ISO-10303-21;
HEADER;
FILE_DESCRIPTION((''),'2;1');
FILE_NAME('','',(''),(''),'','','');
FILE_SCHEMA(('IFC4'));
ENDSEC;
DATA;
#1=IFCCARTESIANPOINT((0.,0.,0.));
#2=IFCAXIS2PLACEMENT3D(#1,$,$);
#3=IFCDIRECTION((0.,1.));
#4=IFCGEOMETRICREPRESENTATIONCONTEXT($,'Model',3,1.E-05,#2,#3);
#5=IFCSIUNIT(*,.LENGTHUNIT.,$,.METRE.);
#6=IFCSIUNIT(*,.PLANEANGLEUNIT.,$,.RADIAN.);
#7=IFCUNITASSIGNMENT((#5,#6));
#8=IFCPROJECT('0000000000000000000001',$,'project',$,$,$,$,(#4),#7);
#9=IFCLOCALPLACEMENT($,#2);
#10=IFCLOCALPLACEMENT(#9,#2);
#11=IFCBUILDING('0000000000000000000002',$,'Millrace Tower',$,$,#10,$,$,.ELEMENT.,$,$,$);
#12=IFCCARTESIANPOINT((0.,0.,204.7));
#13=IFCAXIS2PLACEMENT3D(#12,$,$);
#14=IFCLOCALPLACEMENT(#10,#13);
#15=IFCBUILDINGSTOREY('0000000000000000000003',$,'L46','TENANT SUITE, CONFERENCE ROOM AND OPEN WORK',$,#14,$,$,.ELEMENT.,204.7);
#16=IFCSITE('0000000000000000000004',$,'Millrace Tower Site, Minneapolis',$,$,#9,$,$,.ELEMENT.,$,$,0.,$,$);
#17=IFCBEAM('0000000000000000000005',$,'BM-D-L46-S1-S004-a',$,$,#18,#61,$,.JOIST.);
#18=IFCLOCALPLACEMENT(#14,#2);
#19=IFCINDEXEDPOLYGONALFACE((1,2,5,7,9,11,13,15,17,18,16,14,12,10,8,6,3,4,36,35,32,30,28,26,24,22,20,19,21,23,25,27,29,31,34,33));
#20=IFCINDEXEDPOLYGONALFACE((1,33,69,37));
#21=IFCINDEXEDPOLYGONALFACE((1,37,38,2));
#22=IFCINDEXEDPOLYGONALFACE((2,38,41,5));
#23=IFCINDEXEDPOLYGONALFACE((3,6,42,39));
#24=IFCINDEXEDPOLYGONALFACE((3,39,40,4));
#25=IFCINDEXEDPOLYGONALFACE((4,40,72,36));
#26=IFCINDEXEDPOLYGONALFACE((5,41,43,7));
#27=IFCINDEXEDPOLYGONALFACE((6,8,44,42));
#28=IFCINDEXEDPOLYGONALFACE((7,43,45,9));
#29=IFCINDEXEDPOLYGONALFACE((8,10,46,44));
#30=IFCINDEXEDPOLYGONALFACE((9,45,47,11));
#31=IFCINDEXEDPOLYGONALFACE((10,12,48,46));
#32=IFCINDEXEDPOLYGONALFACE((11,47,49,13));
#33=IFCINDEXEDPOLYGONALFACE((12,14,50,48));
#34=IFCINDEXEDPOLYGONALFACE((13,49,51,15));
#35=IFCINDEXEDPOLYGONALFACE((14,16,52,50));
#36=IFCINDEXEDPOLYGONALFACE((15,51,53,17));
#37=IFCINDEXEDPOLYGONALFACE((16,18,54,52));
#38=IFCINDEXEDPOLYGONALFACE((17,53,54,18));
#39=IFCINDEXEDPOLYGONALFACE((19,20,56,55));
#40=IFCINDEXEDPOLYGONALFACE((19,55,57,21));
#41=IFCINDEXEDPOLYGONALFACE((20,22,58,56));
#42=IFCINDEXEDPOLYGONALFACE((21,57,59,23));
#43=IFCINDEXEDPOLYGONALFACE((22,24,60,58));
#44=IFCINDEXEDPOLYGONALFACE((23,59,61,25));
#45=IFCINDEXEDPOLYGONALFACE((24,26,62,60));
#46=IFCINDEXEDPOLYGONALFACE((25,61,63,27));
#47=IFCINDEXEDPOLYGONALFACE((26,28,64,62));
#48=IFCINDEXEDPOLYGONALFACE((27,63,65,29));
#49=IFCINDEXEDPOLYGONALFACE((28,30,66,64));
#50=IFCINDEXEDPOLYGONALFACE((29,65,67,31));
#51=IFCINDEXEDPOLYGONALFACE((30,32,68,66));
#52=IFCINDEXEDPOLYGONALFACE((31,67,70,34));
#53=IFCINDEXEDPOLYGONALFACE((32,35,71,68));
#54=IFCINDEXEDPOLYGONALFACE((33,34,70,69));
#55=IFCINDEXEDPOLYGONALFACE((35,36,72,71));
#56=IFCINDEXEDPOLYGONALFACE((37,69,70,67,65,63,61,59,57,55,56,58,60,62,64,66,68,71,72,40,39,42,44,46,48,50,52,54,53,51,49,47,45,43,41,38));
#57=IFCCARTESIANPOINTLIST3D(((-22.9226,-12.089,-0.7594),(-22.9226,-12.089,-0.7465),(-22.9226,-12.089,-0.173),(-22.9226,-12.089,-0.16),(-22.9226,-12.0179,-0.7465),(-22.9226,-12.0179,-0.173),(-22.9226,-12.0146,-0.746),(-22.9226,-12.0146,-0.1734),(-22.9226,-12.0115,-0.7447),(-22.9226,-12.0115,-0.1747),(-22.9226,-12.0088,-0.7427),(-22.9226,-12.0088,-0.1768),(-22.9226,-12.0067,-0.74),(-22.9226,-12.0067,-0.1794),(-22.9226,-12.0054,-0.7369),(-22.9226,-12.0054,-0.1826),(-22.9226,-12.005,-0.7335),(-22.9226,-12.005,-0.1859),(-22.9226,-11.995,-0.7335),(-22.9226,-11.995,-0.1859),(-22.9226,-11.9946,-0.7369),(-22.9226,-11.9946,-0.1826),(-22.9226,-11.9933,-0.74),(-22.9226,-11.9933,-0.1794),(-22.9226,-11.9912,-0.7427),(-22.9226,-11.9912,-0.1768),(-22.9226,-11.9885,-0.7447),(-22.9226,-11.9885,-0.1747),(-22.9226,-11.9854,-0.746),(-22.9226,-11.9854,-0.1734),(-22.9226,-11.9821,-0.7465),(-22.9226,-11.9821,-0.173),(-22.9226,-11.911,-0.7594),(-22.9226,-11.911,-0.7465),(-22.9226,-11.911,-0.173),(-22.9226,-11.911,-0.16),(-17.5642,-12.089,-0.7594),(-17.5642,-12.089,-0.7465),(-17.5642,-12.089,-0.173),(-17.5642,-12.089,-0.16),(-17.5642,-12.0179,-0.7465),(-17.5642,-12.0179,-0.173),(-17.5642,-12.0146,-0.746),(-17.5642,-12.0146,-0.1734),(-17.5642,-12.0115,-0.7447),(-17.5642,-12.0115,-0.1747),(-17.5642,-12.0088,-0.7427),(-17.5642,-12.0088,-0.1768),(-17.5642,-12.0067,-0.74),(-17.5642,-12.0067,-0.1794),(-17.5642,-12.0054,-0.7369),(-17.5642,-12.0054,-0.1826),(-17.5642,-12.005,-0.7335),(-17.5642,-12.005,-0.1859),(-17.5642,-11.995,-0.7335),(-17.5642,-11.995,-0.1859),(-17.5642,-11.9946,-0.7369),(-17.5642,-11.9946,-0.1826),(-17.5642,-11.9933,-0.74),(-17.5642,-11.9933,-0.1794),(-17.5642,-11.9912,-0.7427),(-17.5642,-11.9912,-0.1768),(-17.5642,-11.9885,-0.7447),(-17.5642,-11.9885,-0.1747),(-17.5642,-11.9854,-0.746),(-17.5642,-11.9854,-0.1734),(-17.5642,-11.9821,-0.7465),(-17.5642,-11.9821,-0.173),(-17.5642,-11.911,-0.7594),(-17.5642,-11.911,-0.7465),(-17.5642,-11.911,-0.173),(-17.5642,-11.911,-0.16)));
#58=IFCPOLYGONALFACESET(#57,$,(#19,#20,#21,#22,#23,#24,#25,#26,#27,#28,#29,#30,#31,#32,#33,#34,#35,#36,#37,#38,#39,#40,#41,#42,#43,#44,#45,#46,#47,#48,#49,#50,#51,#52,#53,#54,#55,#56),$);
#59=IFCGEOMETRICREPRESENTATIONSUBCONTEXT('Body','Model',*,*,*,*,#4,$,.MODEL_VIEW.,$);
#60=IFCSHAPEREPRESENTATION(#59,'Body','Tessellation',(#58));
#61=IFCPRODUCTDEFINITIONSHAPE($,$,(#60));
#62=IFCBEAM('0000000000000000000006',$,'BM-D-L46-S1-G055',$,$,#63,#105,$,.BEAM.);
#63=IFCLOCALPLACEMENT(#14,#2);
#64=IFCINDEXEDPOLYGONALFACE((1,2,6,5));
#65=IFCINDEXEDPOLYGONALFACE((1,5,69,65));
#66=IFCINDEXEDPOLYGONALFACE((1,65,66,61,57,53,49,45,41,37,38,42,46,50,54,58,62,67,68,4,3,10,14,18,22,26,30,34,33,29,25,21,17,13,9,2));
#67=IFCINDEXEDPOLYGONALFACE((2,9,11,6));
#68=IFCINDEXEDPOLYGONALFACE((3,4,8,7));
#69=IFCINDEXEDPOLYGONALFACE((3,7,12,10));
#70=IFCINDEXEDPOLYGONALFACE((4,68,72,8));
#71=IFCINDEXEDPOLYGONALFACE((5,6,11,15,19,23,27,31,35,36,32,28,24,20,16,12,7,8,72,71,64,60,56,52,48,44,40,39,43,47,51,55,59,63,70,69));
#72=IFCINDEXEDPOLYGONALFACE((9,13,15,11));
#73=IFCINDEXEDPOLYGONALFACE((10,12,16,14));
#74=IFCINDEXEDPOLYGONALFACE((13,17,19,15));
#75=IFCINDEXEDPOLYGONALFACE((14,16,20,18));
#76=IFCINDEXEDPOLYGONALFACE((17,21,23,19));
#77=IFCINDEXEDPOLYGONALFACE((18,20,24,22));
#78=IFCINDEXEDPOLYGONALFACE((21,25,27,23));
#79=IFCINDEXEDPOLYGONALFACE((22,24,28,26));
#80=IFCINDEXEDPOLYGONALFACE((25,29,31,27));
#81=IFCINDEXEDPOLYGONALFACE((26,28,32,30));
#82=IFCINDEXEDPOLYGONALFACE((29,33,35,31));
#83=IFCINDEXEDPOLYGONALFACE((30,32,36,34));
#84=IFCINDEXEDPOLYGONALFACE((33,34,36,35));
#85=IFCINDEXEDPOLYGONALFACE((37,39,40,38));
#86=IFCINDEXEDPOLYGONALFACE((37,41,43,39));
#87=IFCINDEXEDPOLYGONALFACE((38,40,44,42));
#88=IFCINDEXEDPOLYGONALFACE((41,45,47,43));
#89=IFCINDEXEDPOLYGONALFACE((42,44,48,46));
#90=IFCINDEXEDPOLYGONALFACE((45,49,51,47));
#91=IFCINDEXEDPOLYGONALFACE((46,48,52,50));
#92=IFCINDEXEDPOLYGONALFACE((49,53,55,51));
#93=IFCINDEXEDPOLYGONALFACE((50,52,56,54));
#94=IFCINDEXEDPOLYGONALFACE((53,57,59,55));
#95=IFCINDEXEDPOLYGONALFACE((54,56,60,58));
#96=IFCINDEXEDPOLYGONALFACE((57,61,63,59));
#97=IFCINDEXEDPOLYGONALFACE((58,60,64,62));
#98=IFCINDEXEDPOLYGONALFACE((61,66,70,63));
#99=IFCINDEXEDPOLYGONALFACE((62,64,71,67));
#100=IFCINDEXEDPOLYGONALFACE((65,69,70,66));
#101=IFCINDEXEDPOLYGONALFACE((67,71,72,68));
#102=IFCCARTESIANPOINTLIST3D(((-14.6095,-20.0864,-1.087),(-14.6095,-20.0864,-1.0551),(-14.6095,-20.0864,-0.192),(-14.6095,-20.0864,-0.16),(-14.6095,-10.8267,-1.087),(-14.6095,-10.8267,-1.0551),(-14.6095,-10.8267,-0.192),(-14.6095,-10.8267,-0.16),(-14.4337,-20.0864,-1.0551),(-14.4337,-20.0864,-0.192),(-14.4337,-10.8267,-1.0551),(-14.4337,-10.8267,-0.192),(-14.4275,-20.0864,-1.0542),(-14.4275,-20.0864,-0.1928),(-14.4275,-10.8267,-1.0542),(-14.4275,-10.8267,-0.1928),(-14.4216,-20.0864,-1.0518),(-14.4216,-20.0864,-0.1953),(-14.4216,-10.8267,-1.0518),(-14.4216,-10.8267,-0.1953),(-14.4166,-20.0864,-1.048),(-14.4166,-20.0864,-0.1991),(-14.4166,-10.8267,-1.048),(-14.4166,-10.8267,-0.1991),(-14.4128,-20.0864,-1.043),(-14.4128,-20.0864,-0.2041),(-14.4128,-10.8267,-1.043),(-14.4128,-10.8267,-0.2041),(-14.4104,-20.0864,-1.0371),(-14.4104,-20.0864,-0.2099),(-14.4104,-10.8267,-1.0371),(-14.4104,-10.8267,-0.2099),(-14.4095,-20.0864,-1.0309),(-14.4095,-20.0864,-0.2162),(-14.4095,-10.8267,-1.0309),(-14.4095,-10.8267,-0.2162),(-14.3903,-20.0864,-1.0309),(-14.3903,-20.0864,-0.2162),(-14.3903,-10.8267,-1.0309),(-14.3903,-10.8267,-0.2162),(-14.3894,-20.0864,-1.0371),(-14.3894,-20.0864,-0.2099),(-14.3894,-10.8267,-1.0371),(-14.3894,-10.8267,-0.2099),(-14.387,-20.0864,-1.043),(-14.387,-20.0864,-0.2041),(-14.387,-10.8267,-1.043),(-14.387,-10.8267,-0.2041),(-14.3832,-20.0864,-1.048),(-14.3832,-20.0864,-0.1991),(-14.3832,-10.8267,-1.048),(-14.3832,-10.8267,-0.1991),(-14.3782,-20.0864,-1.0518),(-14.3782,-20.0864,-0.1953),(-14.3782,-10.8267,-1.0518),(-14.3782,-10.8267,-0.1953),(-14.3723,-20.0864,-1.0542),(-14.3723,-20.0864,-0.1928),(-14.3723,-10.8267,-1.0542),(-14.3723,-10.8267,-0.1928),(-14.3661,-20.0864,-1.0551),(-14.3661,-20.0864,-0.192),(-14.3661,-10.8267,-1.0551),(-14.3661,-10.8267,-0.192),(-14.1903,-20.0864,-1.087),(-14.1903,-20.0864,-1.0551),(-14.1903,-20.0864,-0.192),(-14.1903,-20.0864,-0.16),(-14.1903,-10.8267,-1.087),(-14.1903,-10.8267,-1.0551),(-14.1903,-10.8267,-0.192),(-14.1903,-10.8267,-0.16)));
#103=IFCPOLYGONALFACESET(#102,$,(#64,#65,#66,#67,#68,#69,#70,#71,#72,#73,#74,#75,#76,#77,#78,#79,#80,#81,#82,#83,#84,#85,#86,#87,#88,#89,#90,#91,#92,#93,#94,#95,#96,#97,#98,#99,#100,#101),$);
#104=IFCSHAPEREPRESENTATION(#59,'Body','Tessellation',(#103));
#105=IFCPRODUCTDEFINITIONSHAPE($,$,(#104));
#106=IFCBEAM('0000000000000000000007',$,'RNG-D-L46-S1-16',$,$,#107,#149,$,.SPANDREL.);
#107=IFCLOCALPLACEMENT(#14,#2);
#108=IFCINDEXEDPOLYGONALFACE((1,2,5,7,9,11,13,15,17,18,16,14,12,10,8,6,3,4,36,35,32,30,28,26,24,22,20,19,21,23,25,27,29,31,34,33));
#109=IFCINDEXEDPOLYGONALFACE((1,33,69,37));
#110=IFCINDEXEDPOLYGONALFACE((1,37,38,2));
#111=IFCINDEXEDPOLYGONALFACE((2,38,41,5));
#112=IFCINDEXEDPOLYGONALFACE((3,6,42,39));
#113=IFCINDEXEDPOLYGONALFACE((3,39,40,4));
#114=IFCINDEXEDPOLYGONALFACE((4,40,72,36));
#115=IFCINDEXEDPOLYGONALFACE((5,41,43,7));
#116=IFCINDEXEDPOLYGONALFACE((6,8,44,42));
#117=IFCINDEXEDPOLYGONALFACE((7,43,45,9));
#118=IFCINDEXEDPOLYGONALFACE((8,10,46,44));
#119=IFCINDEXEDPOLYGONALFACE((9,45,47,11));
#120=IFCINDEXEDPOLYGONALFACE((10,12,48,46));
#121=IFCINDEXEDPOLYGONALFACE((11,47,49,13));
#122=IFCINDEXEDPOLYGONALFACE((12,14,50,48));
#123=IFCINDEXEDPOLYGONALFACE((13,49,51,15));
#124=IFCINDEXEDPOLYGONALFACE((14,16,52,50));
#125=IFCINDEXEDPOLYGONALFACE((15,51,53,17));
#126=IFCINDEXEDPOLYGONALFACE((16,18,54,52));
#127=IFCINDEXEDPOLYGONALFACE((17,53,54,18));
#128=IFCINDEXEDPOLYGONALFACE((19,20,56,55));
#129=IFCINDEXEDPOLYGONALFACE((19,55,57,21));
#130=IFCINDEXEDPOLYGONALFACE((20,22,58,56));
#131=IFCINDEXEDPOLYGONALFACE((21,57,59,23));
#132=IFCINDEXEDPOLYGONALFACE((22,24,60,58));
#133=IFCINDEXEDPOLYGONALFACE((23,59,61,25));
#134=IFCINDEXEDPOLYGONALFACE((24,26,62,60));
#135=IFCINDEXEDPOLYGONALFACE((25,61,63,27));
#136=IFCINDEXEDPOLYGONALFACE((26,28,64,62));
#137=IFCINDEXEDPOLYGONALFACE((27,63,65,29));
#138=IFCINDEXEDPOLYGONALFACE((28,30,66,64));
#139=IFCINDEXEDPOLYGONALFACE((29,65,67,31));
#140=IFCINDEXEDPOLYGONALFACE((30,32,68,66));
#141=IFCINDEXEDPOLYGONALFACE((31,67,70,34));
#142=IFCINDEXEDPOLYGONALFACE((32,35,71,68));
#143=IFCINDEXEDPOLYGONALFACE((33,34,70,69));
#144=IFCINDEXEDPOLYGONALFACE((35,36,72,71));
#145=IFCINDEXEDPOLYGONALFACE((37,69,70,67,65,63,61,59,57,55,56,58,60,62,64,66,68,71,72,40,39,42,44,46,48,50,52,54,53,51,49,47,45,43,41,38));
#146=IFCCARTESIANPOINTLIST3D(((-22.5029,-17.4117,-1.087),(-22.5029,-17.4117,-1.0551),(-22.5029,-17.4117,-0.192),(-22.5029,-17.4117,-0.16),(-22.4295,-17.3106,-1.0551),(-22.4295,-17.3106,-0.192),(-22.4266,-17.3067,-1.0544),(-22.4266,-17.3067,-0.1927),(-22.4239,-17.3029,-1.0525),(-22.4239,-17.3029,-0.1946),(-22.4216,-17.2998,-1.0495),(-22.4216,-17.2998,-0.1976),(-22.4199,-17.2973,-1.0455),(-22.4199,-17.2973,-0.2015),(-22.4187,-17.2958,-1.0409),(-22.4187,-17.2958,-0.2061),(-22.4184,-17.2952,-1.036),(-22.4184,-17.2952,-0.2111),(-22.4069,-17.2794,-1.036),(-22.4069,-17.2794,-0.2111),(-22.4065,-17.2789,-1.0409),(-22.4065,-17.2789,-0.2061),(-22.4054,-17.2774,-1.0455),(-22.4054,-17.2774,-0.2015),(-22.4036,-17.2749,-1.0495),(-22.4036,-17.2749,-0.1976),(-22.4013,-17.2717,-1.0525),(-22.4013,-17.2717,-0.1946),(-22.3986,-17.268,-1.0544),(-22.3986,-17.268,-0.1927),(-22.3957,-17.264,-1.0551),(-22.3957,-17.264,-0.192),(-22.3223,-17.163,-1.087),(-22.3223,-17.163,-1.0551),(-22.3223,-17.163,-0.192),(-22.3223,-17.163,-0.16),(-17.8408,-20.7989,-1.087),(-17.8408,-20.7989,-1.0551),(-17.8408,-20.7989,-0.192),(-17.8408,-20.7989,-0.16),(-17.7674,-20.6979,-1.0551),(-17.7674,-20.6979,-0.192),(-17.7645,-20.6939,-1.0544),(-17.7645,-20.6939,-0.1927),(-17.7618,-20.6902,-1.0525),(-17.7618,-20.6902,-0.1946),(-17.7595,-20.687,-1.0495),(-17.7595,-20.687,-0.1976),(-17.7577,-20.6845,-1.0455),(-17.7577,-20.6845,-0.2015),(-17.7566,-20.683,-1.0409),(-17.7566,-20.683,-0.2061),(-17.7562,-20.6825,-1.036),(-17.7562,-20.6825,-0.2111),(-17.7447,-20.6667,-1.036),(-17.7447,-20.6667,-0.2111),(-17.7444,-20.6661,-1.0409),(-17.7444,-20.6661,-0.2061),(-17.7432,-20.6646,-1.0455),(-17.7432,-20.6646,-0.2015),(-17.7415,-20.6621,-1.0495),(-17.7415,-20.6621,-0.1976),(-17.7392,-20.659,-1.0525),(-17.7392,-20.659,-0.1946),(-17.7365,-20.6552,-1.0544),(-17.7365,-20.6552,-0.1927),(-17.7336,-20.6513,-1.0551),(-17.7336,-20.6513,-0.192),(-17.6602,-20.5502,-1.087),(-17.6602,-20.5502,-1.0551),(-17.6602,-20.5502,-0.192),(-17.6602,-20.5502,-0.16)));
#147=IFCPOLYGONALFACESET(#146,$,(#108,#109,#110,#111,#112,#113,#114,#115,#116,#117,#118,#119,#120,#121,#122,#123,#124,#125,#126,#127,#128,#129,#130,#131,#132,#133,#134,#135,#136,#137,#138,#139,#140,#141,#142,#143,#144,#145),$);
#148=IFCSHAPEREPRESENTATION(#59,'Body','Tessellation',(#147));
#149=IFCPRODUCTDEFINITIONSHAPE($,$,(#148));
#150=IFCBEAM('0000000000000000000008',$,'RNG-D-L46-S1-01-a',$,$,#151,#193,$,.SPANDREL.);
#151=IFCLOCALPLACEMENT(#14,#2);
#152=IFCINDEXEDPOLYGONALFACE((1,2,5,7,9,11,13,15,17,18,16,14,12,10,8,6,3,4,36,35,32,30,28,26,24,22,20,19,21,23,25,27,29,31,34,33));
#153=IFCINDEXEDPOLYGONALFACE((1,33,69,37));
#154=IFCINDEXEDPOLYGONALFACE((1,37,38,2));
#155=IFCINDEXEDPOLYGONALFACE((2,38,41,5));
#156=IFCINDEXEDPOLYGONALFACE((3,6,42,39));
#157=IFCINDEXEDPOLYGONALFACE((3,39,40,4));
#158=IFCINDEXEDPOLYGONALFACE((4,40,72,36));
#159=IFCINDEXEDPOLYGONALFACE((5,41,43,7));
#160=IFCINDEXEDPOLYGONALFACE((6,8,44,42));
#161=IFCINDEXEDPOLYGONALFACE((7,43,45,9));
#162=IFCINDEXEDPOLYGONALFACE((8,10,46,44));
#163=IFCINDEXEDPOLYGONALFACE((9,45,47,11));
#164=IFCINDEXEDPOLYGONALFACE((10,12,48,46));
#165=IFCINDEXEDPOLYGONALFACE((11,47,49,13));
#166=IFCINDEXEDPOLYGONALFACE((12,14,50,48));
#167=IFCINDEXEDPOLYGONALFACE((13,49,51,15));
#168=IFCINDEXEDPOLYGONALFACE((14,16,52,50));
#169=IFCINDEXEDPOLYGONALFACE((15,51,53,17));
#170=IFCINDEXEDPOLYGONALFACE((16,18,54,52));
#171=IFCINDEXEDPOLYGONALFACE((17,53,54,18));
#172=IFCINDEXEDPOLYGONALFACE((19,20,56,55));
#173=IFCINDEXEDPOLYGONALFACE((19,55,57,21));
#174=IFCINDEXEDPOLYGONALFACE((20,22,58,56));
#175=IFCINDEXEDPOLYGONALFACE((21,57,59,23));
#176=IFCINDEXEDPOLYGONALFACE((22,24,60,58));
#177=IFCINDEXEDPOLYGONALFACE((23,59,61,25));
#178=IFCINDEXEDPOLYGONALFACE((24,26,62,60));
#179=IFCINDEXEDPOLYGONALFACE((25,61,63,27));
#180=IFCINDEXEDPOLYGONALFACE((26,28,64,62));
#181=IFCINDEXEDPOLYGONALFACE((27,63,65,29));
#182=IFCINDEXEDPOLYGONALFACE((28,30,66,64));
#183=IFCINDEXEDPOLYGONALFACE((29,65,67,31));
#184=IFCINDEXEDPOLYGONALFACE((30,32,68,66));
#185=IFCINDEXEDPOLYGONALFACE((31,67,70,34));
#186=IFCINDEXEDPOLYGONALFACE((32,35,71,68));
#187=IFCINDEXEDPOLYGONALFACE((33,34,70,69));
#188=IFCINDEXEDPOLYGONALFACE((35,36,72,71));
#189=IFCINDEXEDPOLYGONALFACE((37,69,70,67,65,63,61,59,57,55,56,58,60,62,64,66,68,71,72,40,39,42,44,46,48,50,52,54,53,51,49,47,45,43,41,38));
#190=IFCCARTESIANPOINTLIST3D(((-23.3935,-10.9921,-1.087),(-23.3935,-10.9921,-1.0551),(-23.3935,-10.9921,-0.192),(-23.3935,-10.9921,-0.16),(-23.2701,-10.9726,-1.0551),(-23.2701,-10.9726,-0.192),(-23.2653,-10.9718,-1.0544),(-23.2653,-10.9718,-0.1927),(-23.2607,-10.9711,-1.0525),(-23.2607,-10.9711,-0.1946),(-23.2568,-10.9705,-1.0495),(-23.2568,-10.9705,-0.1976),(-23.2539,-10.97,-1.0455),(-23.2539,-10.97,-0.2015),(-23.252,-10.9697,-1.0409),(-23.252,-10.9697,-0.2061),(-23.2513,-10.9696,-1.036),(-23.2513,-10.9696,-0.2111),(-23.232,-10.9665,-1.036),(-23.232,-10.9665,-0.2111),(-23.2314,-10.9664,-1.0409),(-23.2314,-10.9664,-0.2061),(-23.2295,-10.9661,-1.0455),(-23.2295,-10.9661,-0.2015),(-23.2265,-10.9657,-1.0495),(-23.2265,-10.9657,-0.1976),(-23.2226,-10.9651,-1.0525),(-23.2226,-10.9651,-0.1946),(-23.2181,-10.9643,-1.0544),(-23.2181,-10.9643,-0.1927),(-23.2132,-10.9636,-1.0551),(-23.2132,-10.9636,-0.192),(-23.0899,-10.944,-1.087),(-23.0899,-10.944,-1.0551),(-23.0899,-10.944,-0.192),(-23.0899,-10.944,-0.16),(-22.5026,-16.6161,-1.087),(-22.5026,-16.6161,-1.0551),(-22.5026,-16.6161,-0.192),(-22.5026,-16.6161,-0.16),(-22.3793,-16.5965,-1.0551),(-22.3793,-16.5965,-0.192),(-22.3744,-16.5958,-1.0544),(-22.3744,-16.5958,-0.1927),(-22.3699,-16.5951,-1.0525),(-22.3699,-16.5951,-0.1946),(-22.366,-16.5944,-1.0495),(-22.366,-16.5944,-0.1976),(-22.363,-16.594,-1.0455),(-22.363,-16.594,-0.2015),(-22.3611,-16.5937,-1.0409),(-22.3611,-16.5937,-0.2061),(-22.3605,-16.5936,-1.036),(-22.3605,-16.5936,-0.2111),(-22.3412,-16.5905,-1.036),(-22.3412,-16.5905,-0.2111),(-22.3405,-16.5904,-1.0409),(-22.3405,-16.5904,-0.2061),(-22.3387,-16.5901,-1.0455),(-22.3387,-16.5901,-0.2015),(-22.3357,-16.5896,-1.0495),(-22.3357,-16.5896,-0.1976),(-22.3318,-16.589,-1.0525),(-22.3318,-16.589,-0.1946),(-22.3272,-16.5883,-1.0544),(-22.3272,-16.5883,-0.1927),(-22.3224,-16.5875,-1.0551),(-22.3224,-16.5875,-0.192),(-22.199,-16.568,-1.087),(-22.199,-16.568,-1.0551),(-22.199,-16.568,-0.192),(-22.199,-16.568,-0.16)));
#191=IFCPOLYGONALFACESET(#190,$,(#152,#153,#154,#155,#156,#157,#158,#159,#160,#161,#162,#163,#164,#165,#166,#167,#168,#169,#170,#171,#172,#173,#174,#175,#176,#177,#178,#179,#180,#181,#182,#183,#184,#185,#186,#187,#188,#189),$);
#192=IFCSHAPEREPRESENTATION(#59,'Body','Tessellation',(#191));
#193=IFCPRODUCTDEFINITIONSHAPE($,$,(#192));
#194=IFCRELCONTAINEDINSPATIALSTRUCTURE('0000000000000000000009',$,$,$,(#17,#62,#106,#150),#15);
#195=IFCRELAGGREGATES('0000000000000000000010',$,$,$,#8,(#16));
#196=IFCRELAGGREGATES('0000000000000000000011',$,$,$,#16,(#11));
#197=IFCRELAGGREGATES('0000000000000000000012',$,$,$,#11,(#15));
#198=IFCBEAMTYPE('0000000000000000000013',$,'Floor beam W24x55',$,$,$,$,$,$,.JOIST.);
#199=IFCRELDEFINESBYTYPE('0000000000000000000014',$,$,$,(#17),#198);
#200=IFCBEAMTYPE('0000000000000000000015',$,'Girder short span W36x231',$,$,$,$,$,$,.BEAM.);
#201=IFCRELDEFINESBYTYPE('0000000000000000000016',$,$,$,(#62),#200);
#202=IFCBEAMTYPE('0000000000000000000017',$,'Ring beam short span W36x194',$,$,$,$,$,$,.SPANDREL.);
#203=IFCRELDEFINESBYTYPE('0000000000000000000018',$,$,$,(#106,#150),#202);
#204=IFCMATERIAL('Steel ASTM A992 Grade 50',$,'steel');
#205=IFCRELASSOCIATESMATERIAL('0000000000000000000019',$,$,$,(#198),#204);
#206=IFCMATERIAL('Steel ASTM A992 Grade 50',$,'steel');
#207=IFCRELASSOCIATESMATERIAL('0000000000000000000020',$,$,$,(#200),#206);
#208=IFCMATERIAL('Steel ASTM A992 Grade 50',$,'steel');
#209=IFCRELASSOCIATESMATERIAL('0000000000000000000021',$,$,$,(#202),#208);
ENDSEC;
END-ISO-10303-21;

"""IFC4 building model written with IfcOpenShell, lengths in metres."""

from ifc_helpers import new_model, si_unit, direction, frame, origin, origin_2d, place, context, subcontext, project, spatial, i_section, extrude, material, material_profile, profile_set, type_object, element, save


model = new_model("IFC4")

# Units and contexts
model_context = context("Model", 3, precision=1e-05, world=origin(), true_north=direction((0.0, 1.0)))
body_context = subcontext(model_context, "Body", "Model", "MODEL_VIEW")
ifc_project = project(units=[si_unit("LENGTHUNIT", "METRE"), si_unit("PLANEANGLEUNIT", "RADIAN")], contexts=[model_context])

# Site, building, storey
site_placement = place(None, origin())
site = spatial("IfcSite", under=ifc_project, at=site_placement, Name="Millrace Tower Site, Minneapolis", CompositionType="ELEMENT", RefElevation=0.0)
building_placement = place(site_placement, origin())
building = spatial("IfcBuilding", under=site, at=building_placement, Name="Millrace Tower", CompositionType="ELEMENT")
storey_placement = place(building_placement, frame((0.0, 0.0, 204.7)))
storey = spatial("IfcBuildingStorey", under=building, at=storey_placement, Name="L46", Description="TENANT SUITE, CONFERENCE ROOM AND OPEN WORK", CompositionType="ELEMENT", Elevation=204.7)

# Beams
ifc_material_1 = material(Name="Steel ASTM A992 Grade 50", Category="steel")
ifc_material_profile_1 = material_profile(ifc_material_1, i_section(OverallWidth=0.178, OverallDepth=0.5994, WebThickness=0.01, FlangeThickness=0.0129, FilletRadius=0.0129, at=origin_2d()))
ifc_profile_set_1 = profile_set([ifc_material_profile_1], Name="Steel ASTM A992 Grade 50")
beam_type_1 = type_object("IfcBeamType", Name="Floor beam W24x55", PredefinedType="JOIST", material=ifc_profile_set_1)
beam_1_placement = place(storey_placement, frame((-22.9226, -12.0, -0.4597), z_axis=(1.0, 0.0, 0.0), x_axis=(0.0, 1.0, 0.0)))
element("IfcBeam", 1, at=beam_1_placement, inside=storey, type_object=beam_type_1, Name="BM-D-L46-S1-S004-a", PredefinedType="JOIST", context=body_context, shape_type="SweptSolid", body=[
    extrude(i_section(OverallWidth=0.178, OverallDepth=0.5994, WebThickness=0.01, FlangeThickness=0.0129, FilletRadius=0.0129, at=origin_2d()), origin(), (0.0, 0.0, 1.0), 5.3584),
])
ifc_material_2 = material(Name="Steel ASTM A992 Grade 50", Category="steel")
ifc_material_profile_2 = material_profile(ifc_material_2, i_section(OverallWidth=0.4192, OverallDepth=0.927, WebThickness=0.0193, FlangeThickness=0.032, FilletRadius=0.0242, at=origin_2d()))
ifc_profile_set_2 = profile_set([ifc_material_profile_2], Name="Steel ASTM A992 Grade 50")
beam_type_2 = type_object("IfcBeamType", Name="Girder short span W36x231", PredefinedType="BEAM", material=ifc_profile_set_2)
beam_2_placement = place(storey_placement, frame((-14.3999, -20.0864, -0.6235), z_axis=(0.0, 1.0, 0.0), x_axis=(-1.0, 0.0, 0.0)))
element("IfcBeam", 2, at=beam_2_placement, inside=storey, type_object=beam_type_2, Name="BM-D-L46-S1-G055", PredefinedType="BEAM", context=body_context, shape_type="SweptSolid", body=[
    extrude(i_section(OverallWidth=0.4192, OverallDepth=0.927, WebThickness=0.0193, FlangeThickness=0.032, FilletRadius=0.0242, at=origin_2d()), origin(), (0.0, 0.0, 1.0), 9.2598),
])
ifc_material_3 = material(Name="Steel ASTM A992 Grade 50", Category="steel")
ifc_material_profile_3 = material_profile(ifc_material_3, i_section(OverallWidth=0.3074, OverallDepth=0.927, WebThickness=0.0195, FlangeThickness=0.032, FilletRadius=0.019, at=origin_2d()))
ifc_profile_set_3 = profile_set([ifc_material_profile_3], Name="Steel ASTM A992 Grade 50")
beam_type_3 = type_object("IfcBeamType", Name="Ring beam short span W36x194", PredefinedType="SPANDREL", material=ifc_profile_set_3)
beam_3_placement = place(storey_placement, frame((-17.7505, -20.6746, -0.6235), z_axis=(-0.809018, 0.587784, 0.0), x_axis=(-0.587784, -0.809018, 0.0)))
element("IfcBeam", 3, at=beam_3_placement, inside=storey, type_object=beam_type_3, Name="RNG-D-L46-S1-16", PredefinedType="SPANDREL", context=body_context, shape_type="SweptSolid", body=[
    extrude(i_section(OverallWidth=0.3074, OverallDepth=0.927, WebThickness=0.0195, FlangeThickness=0.032, FilletRadius=0.019, at=origin_2d()), origin(), (0.0, 0.0, 1.0), 5.7627),
])
beam_4_placement = place(storey_placement, frame((-22.3508, -16.592, -0.6235), z_axis=(-0.156454, 0.987685, 0.0), x_axis=(-0.987685, -0.156454, 0.0)))
element("IfcBeam", 4, at=beam_4_placement, inside=storey, type_object=beam_type_3, Name="RNG-D-L46-S1-01-a", PredefinedType="SPANDREL", context=body_context, shape_type="SweptSolid", body=[
    extrude(i_section(OverallWidth=0.3074, OverallDepth=0.927, WebThickness=0.0195, FlangeThickness=0.032, FilletRadius=0.019, at=origin_2d()), origin(), (0.0, 0.0, 1.0), 5.6941),
])

save(model, "model.ifc")
